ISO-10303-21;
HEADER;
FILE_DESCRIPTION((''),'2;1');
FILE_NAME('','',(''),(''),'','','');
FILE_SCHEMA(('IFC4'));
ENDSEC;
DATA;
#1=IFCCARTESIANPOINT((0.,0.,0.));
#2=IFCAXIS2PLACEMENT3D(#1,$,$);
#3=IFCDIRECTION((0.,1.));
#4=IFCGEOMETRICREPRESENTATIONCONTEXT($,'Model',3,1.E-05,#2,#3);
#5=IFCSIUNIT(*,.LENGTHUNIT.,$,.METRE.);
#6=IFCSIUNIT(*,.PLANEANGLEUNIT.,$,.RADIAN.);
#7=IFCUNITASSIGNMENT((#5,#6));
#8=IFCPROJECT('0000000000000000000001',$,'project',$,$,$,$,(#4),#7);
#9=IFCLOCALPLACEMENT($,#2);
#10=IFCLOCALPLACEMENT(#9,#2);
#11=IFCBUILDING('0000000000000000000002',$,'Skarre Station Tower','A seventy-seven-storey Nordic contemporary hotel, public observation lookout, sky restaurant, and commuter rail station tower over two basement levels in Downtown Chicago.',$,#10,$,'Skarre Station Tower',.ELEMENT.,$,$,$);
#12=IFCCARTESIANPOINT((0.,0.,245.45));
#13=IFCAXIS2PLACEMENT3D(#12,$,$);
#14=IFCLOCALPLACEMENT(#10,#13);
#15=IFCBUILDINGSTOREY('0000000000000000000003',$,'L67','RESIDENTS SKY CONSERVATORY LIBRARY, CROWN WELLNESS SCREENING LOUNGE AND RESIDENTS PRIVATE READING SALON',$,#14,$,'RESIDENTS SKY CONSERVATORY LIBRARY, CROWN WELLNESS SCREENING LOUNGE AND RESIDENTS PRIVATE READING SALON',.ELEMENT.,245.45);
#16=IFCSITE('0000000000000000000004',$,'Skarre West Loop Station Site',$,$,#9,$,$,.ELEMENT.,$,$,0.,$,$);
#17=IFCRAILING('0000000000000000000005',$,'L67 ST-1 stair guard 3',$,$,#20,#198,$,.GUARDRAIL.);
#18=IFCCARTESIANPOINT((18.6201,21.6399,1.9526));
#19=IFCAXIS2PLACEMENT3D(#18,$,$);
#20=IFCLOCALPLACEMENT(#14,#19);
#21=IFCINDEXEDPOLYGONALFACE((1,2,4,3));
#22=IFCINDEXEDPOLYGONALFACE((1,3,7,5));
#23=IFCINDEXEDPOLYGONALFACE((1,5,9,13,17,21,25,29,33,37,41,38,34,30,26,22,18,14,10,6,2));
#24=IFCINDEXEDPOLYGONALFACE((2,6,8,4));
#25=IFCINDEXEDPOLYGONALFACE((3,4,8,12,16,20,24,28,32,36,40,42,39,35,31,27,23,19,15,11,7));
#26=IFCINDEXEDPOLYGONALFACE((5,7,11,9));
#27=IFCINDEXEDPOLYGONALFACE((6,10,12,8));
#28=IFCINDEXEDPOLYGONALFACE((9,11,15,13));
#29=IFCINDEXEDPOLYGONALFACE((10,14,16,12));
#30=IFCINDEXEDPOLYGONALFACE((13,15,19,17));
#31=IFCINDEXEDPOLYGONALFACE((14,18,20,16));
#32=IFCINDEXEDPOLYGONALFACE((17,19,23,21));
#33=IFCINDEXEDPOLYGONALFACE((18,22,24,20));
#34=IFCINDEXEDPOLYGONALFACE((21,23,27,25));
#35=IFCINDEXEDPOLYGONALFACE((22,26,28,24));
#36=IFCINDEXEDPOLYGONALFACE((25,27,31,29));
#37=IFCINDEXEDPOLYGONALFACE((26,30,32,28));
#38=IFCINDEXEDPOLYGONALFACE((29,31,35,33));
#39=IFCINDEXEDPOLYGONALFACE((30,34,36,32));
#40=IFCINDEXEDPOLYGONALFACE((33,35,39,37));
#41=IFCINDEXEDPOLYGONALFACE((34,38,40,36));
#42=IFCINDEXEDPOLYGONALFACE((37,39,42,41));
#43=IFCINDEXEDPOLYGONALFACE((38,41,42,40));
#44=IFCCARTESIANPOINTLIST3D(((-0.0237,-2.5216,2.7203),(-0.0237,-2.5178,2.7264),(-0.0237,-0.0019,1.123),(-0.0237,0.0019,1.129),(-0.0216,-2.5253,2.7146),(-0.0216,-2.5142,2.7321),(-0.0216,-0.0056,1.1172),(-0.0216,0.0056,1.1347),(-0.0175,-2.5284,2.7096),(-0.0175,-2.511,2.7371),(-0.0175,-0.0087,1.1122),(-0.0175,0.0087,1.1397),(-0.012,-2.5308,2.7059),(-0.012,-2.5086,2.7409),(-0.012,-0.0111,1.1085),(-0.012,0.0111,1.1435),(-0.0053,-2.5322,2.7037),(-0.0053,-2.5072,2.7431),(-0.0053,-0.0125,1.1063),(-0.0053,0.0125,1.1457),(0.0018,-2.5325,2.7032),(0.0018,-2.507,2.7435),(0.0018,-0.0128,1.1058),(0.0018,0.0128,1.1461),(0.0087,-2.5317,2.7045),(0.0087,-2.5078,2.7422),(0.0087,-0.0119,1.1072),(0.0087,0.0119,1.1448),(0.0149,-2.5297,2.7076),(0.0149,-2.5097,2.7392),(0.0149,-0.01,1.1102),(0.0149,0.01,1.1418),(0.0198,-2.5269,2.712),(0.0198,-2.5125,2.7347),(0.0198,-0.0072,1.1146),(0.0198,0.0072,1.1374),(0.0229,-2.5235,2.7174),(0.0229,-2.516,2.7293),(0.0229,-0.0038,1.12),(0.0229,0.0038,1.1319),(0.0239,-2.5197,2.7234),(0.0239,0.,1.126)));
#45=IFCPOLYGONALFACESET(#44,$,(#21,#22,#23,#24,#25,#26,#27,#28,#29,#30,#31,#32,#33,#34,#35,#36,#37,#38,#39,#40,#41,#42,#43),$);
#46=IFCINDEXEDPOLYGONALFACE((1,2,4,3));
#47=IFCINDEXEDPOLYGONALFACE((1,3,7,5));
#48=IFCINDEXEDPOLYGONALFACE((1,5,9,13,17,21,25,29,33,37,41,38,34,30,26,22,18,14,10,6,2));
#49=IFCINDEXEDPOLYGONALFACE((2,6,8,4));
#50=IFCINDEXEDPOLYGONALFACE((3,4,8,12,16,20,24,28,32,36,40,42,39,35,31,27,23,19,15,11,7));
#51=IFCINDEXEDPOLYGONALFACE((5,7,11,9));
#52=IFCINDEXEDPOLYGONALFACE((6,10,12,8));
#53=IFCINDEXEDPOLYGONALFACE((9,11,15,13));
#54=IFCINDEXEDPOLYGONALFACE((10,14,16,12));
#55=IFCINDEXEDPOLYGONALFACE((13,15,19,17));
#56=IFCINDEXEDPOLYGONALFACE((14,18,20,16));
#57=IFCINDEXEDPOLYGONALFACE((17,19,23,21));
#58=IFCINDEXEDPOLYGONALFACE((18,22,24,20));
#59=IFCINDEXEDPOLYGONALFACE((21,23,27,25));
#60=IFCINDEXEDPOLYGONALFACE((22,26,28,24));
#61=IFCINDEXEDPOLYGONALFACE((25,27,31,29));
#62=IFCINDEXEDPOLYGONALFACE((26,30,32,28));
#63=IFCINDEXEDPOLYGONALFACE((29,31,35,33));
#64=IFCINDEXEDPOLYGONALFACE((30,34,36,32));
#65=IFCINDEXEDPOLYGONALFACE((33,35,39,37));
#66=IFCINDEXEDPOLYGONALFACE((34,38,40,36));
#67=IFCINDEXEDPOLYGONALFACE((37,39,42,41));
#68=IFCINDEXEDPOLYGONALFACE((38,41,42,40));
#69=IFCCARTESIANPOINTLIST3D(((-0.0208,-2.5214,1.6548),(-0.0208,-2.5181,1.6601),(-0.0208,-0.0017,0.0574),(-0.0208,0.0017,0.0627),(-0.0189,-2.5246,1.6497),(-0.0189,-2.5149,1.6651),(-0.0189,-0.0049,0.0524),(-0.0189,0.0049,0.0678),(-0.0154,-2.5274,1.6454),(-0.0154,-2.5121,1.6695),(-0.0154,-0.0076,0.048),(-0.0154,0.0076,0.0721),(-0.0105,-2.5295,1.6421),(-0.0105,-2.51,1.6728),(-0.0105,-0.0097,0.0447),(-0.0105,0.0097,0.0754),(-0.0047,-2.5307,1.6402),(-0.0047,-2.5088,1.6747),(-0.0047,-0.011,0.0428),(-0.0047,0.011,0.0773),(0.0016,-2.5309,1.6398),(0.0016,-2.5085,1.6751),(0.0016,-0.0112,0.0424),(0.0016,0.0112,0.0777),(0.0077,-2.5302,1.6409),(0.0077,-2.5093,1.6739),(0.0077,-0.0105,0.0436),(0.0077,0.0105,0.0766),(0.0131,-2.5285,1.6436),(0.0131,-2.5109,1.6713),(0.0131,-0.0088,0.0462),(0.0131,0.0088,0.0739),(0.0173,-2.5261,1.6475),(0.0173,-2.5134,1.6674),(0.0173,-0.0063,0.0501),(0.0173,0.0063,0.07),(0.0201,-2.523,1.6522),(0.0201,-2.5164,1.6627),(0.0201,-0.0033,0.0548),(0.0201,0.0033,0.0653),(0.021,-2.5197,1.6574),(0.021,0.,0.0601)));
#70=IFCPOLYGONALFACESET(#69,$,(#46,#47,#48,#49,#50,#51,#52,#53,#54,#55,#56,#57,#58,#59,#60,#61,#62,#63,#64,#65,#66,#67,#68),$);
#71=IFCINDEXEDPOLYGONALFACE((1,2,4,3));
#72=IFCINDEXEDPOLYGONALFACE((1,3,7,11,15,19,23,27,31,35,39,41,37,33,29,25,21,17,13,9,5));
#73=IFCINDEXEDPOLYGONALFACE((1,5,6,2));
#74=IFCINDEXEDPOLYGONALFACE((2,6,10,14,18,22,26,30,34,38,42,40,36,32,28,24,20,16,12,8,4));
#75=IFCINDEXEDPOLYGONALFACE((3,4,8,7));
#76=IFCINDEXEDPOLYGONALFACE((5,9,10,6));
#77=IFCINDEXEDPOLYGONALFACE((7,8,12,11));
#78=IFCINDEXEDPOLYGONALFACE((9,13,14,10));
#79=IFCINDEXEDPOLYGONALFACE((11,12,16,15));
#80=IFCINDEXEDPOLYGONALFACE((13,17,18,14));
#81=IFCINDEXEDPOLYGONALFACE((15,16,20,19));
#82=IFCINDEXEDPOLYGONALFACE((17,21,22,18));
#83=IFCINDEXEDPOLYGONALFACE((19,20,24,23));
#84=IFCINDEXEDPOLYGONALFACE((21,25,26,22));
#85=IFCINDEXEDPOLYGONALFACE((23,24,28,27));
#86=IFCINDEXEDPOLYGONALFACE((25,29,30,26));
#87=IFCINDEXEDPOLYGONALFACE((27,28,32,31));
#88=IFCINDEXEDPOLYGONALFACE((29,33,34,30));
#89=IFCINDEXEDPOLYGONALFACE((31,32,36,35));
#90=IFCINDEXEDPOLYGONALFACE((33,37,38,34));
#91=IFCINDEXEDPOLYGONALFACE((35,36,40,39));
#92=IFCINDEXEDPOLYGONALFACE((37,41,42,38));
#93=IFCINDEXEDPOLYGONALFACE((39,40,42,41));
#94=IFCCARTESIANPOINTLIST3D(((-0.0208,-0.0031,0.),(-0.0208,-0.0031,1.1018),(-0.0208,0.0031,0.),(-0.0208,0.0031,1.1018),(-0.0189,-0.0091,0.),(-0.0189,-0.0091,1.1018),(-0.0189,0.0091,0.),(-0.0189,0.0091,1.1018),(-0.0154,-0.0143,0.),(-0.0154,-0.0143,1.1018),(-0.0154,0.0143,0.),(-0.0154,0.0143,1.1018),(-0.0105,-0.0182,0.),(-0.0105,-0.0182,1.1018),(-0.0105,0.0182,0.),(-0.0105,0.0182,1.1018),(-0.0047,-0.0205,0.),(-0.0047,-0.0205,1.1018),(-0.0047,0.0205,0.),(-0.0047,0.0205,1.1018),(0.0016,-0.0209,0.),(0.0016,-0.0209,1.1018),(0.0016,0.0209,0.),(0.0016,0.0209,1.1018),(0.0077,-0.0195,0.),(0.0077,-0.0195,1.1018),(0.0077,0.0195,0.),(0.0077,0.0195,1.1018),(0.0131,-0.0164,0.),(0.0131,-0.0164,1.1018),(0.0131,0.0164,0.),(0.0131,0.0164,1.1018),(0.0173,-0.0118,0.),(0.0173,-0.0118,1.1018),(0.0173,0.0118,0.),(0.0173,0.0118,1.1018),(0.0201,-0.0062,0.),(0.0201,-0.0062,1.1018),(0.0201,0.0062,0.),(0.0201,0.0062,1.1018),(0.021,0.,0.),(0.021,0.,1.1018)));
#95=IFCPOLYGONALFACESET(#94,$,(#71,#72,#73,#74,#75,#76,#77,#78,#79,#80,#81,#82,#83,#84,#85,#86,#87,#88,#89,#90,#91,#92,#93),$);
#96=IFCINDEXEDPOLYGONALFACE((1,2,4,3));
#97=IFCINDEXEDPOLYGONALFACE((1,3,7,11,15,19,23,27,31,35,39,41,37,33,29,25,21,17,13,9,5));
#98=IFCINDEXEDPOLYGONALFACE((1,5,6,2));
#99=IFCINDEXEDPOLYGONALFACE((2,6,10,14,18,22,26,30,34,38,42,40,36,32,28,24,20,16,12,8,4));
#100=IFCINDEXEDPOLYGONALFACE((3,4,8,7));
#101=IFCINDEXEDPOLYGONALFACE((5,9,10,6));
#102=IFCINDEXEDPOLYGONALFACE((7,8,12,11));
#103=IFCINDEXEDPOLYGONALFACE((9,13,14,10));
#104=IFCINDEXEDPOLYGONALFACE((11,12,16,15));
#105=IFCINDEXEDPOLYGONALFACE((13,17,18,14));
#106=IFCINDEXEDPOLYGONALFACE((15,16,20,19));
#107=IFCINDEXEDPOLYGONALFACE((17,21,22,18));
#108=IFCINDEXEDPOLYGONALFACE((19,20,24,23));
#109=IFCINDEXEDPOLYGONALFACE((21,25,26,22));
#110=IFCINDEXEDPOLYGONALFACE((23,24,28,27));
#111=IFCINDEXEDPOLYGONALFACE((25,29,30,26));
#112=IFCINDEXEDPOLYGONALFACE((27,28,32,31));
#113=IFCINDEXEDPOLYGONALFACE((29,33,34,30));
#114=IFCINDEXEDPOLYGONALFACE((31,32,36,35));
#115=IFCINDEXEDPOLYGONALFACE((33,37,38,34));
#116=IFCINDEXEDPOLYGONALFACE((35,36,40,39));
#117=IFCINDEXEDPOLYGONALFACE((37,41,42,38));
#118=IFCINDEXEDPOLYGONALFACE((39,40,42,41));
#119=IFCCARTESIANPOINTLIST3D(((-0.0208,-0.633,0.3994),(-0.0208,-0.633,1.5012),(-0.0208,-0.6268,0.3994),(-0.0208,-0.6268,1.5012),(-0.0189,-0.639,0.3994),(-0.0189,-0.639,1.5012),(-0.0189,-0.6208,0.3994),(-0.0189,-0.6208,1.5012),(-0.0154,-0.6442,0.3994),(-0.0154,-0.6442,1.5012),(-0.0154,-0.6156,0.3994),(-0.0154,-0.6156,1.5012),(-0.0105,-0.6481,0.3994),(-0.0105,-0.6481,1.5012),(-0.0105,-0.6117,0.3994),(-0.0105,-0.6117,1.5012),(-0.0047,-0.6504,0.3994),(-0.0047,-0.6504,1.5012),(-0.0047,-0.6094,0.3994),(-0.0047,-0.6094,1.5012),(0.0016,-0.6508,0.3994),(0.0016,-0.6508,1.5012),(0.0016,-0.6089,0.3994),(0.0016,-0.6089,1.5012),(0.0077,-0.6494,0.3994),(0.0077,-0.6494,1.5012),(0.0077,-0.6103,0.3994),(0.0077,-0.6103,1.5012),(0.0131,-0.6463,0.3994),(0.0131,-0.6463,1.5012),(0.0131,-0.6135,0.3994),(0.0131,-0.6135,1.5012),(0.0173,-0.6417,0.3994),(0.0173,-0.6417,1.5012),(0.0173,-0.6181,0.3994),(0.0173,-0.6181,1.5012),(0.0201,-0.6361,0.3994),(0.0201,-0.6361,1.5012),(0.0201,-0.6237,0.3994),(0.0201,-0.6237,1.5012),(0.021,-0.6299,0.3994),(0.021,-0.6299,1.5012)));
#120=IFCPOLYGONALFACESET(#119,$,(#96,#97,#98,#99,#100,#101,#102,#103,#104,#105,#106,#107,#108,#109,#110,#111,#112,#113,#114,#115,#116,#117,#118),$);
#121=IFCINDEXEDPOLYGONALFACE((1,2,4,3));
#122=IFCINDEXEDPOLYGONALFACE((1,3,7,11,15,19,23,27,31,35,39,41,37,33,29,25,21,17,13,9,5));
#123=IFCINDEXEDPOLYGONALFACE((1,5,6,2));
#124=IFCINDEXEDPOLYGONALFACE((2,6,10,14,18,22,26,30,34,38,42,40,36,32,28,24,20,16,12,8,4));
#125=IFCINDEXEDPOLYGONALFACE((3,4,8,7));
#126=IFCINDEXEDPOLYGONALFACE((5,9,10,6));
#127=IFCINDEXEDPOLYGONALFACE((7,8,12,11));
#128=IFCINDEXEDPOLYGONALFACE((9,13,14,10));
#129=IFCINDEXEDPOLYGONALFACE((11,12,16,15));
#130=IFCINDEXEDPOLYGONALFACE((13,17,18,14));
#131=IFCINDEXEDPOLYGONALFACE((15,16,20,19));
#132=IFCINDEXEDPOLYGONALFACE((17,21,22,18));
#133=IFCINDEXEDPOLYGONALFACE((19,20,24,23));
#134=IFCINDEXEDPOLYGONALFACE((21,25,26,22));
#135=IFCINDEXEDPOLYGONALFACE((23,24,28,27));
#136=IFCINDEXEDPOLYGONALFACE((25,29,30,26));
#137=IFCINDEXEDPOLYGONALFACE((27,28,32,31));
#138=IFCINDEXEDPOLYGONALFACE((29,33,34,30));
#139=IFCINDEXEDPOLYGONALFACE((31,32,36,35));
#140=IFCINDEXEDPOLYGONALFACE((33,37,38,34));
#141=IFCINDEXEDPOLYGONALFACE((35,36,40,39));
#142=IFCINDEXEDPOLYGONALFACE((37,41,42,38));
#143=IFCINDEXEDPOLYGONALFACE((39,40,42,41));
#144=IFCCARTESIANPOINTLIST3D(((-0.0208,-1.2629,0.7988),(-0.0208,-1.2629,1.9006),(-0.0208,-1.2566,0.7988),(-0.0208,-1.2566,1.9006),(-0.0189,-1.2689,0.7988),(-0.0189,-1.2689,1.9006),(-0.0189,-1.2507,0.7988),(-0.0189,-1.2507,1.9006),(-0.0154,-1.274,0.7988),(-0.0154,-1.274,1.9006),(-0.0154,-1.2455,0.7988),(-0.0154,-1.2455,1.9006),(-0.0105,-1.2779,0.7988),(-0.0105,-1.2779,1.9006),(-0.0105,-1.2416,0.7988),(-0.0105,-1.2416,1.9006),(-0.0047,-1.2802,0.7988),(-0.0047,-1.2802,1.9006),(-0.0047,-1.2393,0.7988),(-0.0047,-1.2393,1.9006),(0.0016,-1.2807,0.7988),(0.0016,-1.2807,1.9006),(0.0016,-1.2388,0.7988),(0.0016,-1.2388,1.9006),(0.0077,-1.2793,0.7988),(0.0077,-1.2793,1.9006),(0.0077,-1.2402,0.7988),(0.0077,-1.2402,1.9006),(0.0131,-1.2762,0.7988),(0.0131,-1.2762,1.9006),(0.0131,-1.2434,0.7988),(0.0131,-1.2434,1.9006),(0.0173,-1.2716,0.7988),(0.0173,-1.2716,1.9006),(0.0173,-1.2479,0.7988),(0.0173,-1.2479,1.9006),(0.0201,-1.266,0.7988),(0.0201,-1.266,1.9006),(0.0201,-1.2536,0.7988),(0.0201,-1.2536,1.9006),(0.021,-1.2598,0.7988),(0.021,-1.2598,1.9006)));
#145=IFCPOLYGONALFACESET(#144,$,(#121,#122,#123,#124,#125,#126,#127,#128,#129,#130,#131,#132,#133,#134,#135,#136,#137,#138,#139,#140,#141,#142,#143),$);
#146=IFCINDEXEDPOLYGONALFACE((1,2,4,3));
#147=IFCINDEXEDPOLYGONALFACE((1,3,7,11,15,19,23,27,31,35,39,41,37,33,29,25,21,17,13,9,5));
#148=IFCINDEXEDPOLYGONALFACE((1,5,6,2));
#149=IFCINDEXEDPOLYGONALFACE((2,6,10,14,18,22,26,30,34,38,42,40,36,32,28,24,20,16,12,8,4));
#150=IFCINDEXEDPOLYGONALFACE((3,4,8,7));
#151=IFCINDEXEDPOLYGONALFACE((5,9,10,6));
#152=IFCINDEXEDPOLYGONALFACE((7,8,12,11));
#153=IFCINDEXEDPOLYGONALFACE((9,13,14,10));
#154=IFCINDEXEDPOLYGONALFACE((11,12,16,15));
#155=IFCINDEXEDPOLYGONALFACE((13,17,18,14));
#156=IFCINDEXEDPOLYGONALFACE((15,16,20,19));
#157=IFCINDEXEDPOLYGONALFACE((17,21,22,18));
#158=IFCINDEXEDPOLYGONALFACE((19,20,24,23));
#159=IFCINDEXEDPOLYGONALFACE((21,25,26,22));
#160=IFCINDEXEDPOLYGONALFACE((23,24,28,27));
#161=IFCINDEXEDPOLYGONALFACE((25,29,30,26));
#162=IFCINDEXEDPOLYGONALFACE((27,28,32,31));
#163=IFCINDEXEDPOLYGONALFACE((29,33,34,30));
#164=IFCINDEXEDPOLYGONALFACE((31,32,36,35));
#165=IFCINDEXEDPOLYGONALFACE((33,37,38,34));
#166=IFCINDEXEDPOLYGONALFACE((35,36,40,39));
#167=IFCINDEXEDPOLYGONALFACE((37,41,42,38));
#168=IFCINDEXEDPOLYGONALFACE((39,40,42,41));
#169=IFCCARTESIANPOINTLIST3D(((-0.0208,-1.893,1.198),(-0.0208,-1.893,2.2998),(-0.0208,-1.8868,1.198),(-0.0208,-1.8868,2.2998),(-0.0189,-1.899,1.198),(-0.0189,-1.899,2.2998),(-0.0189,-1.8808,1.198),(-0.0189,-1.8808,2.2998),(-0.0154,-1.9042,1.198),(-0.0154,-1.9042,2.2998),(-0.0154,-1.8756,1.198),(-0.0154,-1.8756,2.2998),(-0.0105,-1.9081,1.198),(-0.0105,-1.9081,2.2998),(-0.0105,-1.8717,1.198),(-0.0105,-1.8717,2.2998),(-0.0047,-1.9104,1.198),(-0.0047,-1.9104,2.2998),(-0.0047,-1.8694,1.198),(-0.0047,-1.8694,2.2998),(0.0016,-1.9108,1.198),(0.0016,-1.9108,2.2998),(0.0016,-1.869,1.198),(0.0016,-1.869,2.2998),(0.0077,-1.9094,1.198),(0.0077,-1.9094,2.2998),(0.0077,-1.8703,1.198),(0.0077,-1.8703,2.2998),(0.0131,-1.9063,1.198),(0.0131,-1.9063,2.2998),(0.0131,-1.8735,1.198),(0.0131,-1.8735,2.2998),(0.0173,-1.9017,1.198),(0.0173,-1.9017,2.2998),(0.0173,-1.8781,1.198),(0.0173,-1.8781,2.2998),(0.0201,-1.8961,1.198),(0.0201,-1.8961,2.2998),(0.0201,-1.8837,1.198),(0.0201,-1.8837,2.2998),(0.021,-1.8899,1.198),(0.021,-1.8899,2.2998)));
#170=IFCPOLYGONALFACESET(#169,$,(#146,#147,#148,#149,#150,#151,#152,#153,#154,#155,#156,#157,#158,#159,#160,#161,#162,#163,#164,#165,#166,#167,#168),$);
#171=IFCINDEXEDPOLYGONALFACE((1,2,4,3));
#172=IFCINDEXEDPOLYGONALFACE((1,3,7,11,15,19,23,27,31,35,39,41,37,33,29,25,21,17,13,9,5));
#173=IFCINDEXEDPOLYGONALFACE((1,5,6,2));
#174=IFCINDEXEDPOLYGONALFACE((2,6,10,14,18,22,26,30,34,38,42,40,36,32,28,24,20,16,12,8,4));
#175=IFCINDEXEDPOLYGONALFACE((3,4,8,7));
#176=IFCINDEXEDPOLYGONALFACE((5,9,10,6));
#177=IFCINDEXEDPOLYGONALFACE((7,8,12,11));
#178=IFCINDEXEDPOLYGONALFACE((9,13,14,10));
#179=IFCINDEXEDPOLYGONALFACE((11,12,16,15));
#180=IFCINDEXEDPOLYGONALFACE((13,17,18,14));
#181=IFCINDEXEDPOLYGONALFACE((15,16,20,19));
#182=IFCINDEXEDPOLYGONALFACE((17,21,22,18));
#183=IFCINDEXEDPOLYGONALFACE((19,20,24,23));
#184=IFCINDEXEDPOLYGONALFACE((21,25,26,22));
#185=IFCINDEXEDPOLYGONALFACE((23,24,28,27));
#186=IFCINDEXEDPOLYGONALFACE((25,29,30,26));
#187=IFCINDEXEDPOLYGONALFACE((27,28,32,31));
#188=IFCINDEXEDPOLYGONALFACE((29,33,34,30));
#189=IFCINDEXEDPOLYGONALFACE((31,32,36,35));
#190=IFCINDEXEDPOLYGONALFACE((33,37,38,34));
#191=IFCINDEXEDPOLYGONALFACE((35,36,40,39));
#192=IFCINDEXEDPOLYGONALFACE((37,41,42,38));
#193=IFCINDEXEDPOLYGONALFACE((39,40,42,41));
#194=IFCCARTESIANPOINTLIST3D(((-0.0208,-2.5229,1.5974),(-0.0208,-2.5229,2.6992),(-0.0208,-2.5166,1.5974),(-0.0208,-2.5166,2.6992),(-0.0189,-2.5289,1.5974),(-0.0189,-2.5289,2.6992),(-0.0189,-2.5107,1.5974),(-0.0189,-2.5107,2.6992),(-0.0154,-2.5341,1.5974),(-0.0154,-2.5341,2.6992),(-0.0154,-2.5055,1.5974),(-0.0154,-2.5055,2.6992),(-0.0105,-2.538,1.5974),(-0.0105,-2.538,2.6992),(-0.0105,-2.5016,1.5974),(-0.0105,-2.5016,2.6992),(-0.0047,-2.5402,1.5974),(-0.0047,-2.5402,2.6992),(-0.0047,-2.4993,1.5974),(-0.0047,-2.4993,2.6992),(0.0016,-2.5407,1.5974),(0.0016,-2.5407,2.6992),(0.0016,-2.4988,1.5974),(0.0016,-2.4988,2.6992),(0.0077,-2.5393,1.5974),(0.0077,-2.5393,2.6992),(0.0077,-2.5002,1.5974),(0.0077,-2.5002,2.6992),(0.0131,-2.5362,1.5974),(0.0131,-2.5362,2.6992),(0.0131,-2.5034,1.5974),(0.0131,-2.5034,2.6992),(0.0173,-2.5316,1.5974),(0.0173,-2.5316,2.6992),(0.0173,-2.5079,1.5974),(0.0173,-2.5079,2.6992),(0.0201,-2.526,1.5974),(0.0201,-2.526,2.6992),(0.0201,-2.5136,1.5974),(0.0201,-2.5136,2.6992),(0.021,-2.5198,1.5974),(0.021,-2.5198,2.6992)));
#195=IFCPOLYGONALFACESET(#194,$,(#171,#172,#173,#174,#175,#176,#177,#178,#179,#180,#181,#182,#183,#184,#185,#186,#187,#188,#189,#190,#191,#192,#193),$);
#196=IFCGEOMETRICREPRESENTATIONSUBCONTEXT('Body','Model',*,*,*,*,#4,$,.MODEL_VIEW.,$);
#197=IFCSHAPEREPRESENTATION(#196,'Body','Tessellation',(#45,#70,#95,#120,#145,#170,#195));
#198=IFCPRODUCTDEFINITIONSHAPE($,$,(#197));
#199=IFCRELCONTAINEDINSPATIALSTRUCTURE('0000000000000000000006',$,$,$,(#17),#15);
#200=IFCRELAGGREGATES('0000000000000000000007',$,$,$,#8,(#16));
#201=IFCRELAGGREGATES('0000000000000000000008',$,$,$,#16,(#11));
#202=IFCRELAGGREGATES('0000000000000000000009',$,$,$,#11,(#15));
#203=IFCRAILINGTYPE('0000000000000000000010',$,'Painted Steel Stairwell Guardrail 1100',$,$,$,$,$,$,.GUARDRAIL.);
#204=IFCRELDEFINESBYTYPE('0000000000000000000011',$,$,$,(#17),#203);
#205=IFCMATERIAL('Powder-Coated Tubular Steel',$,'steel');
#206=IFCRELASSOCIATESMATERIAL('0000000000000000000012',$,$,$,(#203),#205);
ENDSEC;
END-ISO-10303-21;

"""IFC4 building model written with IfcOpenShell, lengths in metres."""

from ifc_helpers import new_model, si_unit, direction, frame, origin, origin_2d, place, context, subcontext, project, spatial, circle, extrude, material, type_object, element, save


model = new_model("IFC4")

# Units and contexts
model_context = context("Model", 3, precision=1e-05, world=origin(), true_north=direction((0.0, 1.0)))
body_context = subcontext(model_context, "Body", "Model", "MODEL_VIEW")
ifc_project = project(units=[si_unit("LENGTHUNIT", "METRE"), si_unit("PLANEANGLEUNIT", "RADIAN")], contexts=[model_context])

# Site, building, storey
site_placement = place(None, origin())
site = spatial("IfcSite", under=ifc_project, at=site_placement, Name="Skarre West Loop Station Site", CompositionType="ELEMENT", RefElevation=0.0)
building_placement = place(site_placement, origin())
building = spatial("IfcBuilding", under=site, at=building_placement, Name="Skarre Station Tower", Description="A seventy-seven-storey Nordic contemporary hotel, public observation lookout, sky restaurant, and commuter rail station tower over two basement levels in Downtown Chicago.", LongName="Skarre Station Tower", CompositionType="ELEMENT")
storey_placement = place(building_placement, frame((0.0, 0.0, 245.45)))
storey = spatial("IfcBuildingStorey", under=building, at=storey_placement, Name="L67", Description="RESIDENTS SKY CONSERVATORY LIBRARY, CROWN WELLNESS SCREENING LOUNGE AND RESIDENTS PRIVATE READING SALON", LongName="RESIDENTS SKY CONSERVATORY LIBRARY, CROWN WELLNESS SCREENING LOUNGE AND RESIDENTS PRIVATE READING SALON", CompositionType="ELEMENT", Elevation=245.45)

# Railing
ifc_material_1 = material(Name="Powder-Coated Tubular Steel", Category="steel")
railing_type = type_object("IfcRailingType", Name="Painted Steel Stairwell Guardrail 1100", PredefinedType="GUARDRAIL", material=ifc_material_1)
railing_1_placement = place(storey_placement, frame((18.6201, 21.6399, 1.9526)))
element("IfcRailing", 1, at=railing_1_placement, inside=storey, type_object=railing_type, Name="L67 ST-1 stair guard 3", PredefinedType="GUARDRAIL", context=body_context, shape_type="SweptSolid", body=[
    extrude(circle(Radius=0.0239, at=origin_2d()), frame((0.0, 0.0, 1.126), z_axis=(0.0, -0.844583, 0.535424), x_axis=(1.0, 0.0, 0.0)), (0.0, 0.0, 1.0), 2.9834),
    extrude(circle(Radius=0.021, at=origin_2d()), frame((0.0, 0.0, 0.0601), z_axis=(0.0, -0.844583, 0.535424), x_axis=(1.0, 0.0, 0.0)), (0.0, 0.0, 1.0), 2.9834),
    extrude(circle(Radius=0.021, at=origin_2d()), origin(), (0.0, 0.0, 1.0), 1.1018),
    extrude(circle(Radius=0.021, at=origin_2d()), frame((0.0, -0.6299, 0.3994)), (0.0, 0.0, 1.0), 1.1018),
    extrude(circle(Radius=0.021, at=origin_2d()), frame((0.0, -1.2598, 0.7988)), (0.0, 0.0, 1.0), 1.1018),
    extrude(circle(Radius=0.021, at=origin_2d()), frame((0.0, -1.8899, 1.198)), (0.0, 0.0, 1.0), 1.1018),
    extrude(circle(Radius=0.021, at=origin_2d()), frame((0.0, -2.5198, 1.5974)), (0.0, 0.0, 1.0), 1.1018),
])

save(model, "model.ifc")
